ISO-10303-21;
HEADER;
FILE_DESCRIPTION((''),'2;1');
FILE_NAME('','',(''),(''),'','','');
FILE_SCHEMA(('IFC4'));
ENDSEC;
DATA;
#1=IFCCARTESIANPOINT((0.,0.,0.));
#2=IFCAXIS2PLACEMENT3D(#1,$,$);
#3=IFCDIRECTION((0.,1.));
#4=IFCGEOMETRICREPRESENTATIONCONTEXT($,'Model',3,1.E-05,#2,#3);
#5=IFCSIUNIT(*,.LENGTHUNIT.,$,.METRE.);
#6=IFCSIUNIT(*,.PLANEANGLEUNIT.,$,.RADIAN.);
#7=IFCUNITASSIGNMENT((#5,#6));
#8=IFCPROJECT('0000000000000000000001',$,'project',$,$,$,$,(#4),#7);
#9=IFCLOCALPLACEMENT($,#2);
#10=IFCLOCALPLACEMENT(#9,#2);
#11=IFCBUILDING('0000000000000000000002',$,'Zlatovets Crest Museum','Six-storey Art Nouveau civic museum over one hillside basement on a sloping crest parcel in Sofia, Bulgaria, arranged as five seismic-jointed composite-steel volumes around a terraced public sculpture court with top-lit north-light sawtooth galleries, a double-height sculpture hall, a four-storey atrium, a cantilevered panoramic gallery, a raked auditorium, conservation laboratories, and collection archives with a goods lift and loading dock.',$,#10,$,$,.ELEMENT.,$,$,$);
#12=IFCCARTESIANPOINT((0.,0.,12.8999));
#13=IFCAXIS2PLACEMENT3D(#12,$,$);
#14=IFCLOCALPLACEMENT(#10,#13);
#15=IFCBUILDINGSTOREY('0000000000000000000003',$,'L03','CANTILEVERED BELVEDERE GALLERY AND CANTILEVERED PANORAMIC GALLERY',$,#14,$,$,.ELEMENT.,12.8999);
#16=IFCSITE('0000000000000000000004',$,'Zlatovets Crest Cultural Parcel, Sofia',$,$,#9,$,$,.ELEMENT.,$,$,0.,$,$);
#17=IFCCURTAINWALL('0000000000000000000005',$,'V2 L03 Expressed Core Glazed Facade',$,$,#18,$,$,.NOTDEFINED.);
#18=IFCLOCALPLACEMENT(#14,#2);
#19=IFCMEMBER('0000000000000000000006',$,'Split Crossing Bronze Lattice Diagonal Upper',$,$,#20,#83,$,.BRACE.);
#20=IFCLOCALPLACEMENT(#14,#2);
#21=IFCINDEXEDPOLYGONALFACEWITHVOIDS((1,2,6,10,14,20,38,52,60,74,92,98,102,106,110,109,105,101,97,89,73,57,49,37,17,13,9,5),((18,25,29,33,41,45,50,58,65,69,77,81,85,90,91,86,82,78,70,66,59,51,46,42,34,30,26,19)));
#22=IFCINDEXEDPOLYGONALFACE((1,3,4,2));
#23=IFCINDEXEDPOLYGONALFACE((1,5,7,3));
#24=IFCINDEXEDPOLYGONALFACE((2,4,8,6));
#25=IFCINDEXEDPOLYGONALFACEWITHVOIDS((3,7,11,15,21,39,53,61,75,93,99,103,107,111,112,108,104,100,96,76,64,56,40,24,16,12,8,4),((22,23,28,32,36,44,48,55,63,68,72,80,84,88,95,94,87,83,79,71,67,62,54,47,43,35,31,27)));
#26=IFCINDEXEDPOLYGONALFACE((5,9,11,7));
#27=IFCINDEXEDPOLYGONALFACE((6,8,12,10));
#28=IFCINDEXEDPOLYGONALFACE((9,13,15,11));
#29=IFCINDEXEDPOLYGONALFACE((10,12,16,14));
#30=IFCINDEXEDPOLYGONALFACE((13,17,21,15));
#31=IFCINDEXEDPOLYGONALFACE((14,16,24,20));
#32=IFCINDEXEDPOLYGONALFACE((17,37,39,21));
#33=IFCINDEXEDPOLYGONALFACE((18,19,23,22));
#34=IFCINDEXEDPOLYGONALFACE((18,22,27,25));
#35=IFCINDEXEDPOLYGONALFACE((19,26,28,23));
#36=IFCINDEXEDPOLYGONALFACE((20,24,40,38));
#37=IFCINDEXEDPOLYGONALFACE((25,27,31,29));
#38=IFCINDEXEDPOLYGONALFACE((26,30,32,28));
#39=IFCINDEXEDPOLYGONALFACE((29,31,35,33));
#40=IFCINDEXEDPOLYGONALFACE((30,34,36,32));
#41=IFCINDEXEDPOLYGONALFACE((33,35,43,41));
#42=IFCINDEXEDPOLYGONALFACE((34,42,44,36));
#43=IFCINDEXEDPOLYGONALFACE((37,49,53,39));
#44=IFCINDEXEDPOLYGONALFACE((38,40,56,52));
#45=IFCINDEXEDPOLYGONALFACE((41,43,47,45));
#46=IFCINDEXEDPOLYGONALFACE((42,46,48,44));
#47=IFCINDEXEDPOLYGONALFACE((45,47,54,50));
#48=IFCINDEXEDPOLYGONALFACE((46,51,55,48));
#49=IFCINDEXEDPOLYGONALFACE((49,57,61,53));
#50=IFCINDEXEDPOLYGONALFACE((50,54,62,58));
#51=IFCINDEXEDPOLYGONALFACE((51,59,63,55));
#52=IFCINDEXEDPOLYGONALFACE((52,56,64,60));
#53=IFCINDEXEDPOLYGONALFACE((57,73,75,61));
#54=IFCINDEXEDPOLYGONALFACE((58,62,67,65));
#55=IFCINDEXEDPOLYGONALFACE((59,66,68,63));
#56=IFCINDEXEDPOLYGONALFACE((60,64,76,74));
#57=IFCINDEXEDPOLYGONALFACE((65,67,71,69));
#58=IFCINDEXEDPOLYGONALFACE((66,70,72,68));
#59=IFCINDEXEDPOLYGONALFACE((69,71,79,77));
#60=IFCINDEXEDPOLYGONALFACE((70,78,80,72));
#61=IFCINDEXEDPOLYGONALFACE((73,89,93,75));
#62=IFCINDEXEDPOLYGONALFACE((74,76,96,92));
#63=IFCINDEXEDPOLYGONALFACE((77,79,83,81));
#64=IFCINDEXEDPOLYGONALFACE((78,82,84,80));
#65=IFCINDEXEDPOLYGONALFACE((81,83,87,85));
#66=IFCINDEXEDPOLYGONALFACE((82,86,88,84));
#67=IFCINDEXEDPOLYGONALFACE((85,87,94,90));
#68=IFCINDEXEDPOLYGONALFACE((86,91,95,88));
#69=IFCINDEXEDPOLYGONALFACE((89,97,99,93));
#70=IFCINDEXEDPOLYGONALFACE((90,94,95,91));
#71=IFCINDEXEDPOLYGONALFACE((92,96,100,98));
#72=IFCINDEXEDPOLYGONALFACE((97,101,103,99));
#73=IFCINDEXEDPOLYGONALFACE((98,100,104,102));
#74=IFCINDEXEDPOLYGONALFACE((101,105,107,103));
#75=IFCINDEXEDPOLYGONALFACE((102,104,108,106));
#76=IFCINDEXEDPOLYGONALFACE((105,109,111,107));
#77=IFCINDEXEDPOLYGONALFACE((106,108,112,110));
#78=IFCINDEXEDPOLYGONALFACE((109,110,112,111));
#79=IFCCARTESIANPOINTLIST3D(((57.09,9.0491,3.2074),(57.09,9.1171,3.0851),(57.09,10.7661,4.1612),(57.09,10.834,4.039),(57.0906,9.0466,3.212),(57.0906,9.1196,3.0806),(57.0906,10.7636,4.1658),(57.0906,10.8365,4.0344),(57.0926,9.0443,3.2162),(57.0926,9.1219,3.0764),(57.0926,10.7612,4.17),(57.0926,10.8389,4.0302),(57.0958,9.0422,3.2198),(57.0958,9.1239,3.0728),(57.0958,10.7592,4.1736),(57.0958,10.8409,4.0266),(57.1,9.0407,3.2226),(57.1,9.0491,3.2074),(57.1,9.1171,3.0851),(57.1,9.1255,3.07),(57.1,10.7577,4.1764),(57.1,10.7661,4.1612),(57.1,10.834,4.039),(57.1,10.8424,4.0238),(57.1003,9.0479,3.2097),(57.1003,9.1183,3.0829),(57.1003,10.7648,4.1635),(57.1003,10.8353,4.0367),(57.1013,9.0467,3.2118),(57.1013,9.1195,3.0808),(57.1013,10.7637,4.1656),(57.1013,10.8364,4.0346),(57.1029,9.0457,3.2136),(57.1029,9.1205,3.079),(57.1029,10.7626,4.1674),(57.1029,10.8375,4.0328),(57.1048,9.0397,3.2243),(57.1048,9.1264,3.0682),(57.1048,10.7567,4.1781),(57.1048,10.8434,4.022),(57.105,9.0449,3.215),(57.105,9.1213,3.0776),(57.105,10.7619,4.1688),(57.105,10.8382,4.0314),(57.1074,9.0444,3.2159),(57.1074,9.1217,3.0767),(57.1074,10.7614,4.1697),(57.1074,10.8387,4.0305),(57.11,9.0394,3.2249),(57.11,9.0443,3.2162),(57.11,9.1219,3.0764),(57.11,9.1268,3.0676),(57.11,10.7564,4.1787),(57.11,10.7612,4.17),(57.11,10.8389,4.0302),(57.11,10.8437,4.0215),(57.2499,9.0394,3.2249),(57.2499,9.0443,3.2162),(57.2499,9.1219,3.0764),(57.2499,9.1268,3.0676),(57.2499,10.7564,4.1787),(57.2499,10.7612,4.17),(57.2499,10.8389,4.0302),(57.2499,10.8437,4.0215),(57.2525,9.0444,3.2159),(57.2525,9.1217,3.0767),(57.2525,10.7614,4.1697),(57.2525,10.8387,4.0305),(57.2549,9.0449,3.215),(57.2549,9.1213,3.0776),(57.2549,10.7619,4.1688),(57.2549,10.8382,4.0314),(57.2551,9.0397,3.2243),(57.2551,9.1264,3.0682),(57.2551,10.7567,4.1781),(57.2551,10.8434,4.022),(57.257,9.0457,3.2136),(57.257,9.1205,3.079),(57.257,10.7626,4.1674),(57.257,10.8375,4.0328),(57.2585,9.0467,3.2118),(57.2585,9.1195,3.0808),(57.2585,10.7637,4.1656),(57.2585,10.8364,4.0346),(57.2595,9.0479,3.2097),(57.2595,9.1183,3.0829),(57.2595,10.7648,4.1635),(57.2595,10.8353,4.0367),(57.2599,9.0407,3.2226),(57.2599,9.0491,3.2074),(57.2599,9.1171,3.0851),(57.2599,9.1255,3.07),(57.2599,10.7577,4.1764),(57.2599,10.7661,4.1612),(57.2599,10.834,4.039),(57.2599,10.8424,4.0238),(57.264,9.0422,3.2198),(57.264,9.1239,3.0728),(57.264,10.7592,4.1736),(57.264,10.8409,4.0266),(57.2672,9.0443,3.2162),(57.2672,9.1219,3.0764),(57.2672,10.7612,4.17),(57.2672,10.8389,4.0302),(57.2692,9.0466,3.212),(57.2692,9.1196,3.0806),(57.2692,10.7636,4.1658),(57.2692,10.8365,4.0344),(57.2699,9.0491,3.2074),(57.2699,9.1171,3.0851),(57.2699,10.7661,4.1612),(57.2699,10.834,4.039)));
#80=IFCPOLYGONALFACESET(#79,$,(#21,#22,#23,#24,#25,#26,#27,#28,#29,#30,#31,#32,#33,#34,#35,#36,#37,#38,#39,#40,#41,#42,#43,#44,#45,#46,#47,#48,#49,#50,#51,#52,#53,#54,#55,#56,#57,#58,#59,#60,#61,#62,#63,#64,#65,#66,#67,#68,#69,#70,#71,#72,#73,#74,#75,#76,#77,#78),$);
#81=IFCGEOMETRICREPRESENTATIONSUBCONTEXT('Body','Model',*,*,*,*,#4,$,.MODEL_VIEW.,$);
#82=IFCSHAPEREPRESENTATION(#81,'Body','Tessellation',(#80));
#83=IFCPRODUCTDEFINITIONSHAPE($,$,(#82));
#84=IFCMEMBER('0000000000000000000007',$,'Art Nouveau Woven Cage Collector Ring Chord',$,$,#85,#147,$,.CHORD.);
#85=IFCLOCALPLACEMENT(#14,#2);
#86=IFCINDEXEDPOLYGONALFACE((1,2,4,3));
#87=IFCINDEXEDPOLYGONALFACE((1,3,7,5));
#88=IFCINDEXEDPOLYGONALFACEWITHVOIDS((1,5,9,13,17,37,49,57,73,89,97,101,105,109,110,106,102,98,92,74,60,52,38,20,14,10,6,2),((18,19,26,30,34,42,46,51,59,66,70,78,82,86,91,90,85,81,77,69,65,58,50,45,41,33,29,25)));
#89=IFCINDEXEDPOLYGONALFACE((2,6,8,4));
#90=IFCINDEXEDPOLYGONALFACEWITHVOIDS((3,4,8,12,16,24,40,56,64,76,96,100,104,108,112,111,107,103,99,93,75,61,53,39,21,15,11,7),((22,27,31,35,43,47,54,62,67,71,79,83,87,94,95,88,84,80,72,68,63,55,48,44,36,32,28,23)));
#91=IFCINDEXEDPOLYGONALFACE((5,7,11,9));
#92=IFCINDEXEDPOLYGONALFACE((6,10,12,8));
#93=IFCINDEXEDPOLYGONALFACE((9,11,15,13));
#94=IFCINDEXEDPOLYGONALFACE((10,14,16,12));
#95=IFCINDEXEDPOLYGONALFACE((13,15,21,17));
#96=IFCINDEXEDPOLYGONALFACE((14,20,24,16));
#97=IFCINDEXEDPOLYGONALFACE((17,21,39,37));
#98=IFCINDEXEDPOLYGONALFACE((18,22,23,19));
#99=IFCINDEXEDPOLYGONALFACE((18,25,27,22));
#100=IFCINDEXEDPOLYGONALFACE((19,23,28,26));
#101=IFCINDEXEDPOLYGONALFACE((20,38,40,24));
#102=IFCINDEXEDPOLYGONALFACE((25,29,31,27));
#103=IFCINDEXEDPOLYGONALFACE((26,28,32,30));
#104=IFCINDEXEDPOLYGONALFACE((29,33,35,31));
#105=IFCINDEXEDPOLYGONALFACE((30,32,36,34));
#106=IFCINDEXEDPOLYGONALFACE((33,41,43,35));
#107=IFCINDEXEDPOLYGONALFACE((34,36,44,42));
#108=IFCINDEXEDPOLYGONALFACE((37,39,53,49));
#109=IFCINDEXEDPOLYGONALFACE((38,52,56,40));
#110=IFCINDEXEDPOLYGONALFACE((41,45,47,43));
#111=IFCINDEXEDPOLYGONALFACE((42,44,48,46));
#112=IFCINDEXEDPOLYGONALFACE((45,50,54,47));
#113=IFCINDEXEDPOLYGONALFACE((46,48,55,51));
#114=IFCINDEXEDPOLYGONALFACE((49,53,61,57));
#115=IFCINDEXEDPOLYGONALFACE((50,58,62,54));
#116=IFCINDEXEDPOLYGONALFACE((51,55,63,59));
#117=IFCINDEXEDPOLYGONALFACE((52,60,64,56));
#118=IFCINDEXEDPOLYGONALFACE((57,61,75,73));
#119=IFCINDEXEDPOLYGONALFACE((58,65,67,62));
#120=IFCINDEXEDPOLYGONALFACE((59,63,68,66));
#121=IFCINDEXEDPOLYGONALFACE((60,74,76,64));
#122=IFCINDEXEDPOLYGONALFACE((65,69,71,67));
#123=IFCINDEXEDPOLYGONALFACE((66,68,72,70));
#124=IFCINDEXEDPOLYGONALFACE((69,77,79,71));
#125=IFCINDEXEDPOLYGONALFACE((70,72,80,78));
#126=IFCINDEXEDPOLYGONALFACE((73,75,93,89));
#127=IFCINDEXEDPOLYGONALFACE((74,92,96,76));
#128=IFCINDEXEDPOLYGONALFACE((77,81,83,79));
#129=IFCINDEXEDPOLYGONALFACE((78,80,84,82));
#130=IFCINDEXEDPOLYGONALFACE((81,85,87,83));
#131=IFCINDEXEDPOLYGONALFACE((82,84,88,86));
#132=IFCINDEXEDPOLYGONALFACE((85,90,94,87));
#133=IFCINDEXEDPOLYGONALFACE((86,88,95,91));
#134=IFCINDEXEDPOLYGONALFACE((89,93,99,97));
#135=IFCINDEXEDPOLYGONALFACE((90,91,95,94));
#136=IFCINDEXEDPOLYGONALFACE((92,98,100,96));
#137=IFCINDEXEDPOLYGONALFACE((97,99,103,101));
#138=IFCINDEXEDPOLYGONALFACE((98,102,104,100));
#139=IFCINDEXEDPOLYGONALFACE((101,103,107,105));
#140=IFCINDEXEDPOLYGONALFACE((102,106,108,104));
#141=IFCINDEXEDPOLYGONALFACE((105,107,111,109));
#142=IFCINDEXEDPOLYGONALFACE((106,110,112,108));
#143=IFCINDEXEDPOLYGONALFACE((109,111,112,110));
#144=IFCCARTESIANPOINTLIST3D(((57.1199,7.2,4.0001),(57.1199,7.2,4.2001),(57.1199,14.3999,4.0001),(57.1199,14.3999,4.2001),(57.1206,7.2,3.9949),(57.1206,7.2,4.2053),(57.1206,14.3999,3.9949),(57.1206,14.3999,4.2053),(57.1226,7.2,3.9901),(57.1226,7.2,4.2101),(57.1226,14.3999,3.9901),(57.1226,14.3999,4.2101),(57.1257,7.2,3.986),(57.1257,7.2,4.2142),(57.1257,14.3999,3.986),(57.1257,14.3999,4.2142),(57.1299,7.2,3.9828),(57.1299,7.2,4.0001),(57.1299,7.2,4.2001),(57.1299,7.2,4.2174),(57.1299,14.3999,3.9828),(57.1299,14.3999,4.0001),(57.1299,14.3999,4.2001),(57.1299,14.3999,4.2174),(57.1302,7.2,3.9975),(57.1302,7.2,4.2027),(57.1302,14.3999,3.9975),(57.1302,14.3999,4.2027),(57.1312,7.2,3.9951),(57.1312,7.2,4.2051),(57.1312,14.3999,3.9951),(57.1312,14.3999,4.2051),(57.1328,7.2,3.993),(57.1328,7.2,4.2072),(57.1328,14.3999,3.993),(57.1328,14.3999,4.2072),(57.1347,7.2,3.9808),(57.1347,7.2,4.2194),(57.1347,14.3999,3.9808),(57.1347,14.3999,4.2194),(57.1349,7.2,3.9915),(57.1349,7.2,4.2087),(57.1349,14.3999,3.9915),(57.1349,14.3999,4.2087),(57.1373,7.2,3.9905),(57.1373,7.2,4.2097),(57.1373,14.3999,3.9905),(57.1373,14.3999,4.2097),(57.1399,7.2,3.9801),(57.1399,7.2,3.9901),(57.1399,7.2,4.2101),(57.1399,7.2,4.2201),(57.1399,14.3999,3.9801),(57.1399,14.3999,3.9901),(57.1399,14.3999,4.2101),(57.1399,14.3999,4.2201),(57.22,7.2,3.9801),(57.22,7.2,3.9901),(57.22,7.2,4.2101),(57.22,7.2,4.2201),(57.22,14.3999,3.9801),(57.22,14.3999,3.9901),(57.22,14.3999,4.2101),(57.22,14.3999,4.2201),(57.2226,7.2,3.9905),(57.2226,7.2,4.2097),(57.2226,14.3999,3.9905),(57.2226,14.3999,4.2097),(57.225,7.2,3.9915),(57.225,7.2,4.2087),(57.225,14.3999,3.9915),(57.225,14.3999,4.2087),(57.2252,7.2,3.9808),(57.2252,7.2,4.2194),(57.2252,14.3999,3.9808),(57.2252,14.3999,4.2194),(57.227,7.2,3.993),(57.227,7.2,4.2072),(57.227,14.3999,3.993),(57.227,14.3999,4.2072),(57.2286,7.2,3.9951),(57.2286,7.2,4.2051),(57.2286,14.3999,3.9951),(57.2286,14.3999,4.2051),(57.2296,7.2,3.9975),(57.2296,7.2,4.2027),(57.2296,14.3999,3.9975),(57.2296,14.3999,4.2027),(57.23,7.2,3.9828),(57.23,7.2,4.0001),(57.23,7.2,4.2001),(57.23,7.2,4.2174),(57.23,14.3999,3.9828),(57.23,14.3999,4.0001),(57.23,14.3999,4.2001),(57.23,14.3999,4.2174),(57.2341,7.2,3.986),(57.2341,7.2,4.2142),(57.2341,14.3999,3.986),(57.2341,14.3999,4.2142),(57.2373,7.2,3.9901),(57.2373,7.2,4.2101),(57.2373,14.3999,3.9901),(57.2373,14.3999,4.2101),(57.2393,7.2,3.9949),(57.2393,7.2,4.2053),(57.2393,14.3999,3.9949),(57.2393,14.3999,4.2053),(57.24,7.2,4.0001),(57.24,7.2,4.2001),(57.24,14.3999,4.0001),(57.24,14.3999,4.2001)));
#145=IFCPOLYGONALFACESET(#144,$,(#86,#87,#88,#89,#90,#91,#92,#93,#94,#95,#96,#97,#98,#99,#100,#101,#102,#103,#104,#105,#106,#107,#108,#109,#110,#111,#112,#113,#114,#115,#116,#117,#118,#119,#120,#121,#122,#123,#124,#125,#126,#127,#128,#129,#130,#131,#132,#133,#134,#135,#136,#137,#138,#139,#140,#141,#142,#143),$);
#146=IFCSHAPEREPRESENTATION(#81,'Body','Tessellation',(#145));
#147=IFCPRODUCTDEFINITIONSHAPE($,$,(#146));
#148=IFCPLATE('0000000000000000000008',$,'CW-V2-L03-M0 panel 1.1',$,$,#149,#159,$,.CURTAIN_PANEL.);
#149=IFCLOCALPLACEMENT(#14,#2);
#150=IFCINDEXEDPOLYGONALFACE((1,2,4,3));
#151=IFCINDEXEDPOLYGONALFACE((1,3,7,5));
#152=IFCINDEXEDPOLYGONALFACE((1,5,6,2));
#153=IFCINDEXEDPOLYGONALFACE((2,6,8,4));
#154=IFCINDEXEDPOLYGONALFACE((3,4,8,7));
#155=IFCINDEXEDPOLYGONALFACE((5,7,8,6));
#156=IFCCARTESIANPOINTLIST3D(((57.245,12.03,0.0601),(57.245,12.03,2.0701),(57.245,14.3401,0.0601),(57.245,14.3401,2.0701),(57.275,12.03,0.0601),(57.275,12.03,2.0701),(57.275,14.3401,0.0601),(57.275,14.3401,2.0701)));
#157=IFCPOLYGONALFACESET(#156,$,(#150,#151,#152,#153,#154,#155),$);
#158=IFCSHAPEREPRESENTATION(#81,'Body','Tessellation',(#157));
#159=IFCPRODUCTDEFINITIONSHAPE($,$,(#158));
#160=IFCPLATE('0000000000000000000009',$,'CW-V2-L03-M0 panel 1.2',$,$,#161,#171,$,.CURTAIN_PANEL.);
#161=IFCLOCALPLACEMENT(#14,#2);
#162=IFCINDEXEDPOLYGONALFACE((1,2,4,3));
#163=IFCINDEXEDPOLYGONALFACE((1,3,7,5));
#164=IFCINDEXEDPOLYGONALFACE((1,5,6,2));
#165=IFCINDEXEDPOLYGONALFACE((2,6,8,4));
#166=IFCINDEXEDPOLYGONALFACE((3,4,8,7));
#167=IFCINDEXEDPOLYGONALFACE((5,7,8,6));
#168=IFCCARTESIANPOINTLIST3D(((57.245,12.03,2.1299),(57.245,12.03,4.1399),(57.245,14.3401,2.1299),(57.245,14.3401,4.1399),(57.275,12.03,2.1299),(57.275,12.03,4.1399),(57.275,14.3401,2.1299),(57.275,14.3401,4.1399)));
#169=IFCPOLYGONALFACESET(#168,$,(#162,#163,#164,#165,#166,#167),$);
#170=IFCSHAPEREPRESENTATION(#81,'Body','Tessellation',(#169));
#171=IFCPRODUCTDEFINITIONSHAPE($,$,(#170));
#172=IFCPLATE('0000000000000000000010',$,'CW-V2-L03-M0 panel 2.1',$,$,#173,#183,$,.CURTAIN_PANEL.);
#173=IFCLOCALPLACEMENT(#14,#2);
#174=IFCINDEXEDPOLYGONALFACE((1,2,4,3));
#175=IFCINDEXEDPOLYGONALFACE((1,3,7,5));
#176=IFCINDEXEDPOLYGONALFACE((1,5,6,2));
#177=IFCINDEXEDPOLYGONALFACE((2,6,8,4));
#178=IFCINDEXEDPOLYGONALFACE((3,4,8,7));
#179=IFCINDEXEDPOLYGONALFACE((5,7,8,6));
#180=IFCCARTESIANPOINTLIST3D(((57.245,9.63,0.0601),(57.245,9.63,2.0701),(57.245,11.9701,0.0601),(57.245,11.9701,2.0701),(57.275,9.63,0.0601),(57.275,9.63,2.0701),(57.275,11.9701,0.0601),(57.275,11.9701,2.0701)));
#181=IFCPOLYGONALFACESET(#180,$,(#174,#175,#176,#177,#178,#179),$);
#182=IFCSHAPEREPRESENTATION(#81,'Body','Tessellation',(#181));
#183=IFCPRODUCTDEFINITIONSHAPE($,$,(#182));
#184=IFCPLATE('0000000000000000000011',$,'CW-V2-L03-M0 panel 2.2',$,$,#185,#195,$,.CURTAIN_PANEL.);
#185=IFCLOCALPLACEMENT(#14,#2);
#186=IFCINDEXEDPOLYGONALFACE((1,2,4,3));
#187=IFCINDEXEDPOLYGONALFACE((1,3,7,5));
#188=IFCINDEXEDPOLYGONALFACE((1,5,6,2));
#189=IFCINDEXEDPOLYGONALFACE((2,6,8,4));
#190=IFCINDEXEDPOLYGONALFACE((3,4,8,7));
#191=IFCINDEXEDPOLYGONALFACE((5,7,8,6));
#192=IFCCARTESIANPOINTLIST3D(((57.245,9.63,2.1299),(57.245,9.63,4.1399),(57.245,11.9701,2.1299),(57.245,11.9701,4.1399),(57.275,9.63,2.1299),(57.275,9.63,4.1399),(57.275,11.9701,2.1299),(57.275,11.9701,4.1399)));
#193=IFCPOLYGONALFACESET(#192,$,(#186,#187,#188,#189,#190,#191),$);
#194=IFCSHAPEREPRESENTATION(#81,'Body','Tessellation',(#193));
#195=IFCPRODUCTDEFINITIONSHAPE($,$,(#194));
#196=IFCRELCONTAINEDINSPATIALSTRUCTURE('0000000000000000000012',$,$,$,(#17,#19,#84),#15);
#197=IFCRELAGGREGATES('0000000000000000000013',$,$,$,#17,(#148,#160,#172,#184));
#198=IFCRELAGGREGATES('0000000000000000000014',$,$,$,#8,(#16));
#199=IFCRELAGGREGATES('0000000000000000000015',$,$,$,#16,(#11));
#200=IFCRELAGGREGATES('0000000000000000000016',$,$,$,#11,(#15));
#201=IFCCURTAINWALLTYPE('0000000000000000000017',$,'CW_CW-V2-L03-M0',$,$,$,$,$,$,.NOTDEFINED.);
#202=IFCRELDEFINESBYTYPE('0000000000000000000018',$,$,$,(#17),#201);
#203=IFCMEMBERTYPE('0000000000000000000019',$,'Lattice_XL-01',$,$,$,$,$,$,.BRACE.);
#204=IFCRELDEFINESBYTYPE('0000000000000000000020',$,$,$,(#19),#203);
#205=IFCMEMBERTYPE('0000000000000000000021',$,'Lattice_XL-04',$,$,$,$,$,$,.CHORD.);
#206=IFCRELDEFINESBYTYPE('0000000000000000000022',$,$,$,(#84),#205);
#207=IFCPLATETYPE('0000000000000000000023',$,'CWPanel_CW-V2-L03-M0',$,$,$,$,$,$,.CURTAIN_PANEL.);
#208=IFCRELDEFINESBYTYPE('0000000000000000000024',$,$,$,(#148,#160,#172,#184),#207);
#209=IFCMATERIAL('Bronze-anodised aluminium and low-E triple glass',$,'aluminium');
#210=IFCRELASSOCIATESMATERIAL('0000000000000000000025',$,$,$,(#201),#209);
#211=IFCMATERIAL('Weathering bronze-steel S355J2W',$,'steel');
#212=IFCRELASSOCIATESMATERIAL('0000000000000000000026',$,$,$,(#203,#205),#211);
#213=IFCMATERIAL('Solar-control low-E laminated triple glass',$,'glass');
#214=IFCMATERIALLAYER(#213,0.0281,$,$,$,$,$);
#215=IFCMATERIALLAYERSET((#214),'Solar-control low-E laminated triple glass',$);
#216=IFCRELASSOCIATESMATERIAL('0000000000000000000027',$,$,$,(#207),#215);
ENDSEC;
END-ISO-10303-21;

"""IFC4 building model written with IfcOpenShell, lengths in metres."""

from ifc_helpers import new_model, si_unit, direction, frame, origin, origin_2d, place, context, subcontext, project, spatial, rectangle, hollow_rectangle, extrude, material, layer, layer_set, material_profile, profile_set, type_object, element, aggregate, save


model = new_model("IFC4")

# Units and contexts
model_context = context("Model", 3, precision=1e-05, world=origin(), true_north=direction((0.0, 1.0)))
body_context = subcontext(model_context, "Body", "Model", "MODEL_VIEW")
ifc_project = project(units=[si_unit("LENGTHUNIT", "METRE"), si_unit("PLANEANGLEUNIT", "RADIAN")], contexts=[model_context])

# Site, building, storey
site_placement = place(None, origin())
site = spatial("IfcSite", under=ifc_project, at=site_placement, Name="Zlatovets Crest Cultural Parcel, Sofia", CompositionType="ELEMENT", RefElevation=0.0)
building_placement = place(site_placement, origin())
building = spatial("IfcBuilding", under=site, at=building_placement, Name="Zlatovets Crest Museum", Description="Six-storey Art Nouveau civic museum over one hillside basement on a sloping crest parcel in Sofia, Bulgaria, arranged as five seismic-jointed composite-steel volumes around a terraced public sculpture court with top-lit north-light sawtooth galleries, a double-height sculpture hall, a four-storey atrium, a cantilevered panoramic gallery, a raked auditorium, conservation laboratories, and collection archives with a goods lift and loading dock.", CompositionType="ELEMENT")
storey_placement = place(building_placement, frame((0.0, 0.0, 12.8999)))
storey = spatial("IfcBuildingStorey", under=building, at=storey_placement, Name="L03", Description="CANTILEVERED BELVEDERE GALLERY AND CANTILEVERED PANORAMIC GALLERY", CompositionType="ELEMENT", Elevation=12.8999)

# Curtain wall
ifc_material_1 = material(Name="Bronze-anodised aluminium and low-E triple glass", Category="aluminium")
curtain_wall_type = type_object("IfcCurtainWallType", Name="CW_CW-V2-L03-M0", PredefinedType="NOTDEFINED", material=ifc_material_1)
curtain_wall_placement = place(storey_placement, origin())
curtain_wall = element("IfcCurtainWall", 1, at=curtain_wall_placement, inside=storey, type_object=curtain_wall_type, Name="V2 L03 Expressed Core Glazed Facade", PredefinedType="NOTDEFINED")

# Members
ifc_material_2 = material(Name="Weathering bronze-steel S355J2W", Category="steel")
ifc_material_profile_1 = material_profile(ifc_material_2, hollow_rectangle(XDim=0.1799, YDim=0.1799, WallThickness=0.01, InnerFilletRadius=0.01, OuterFilletRadius=0.02, at=origin_2d()), Name="SHS 180x180x10.0")
ifc_profile_set_1 = profile_set([ifc_material_profile_1], Name="Weathering bronze-steel S355J2W")
member_type_1 = type_object("IfcMemberType", Name="Lattice_XL-01", PredefinedType="BRACE", material=ifc_profile_set_1)
member_1_placement = place(storey_placement, frame((57.1799, 10.8, 4.1001), z_axis=(0.0, -0.874169, -0.485622), x_axis=(1.0, 0.0, 0.0)))
element("IfcMember", 2, at=member_1_placement, inside=storey, type_object=member_type_1, Name="Split Crossing Bronze Lattice Diagonal Upper", PredefinedType="BRACE", context=body_context, shape_type="SweptSolid", body=[
    extrude(hollow_rectangle(XDim=0.1799, YDim=0.1799, WallThickness=0.01, InnerFilletRadius=0.01, OuterFilletRadius=0.02, at=origin_2d()), origin(), (0.0, 0.0, 1.0), 1.9641),
])
ifc_material_profile_2 = material_profile(ifc_material_2, hollow_rectangle(XDim=0.1201, YDim=0.24, WallThickness=0.01, InnerFilletRadius=0.01, OuterFilletRadius=0.02, at=origin_2d()), Name="RHS 120x240x10.0")
ifc_profile_set_2 = profile_set([ifc_material_profile_2], Name="Weathering bronze-steel S355J2W")
member_type_2 = type_object("IfcMemberType", Name="Lattice_XL-04", PredefinedType="CHORD", material=ifc_profile_set_2)
member_2_placement = place(storey_placement, frame((57.1799, 14.3999, 4.1001), z_axis=(0.0, -1.0, 0.0), x_axis=(1.0, 0.0, 0.0)))
element("IfcMember", 3, at=member_2_placement, inside=storey, type_object=member_type_2, Name="Art Nouveau Woven Cage Collector Ring Chord", PredefinedType="CHORD", context=body_context, shape_type="SweptSolid", body=[
    extrude(hollow_rectangle(XDim=0.1201, YDim=0.24, WallThickness=0.01, InnerFilletRadius=0.01, OuterFilletRadius=0.02, at=origin_2d()), origin(), (0.0, 0.0, 1.0), 7.2),
])

# Plates
ifc_material_3 = material(Name="Solar-control low-E laminated triple glass", Category="glass")
ifc_layer_1 = layer(ifc_material_3, 0.0281)
ifc_layer_set_1 = layer_set([ifc_layer_1], Name="Solar-control low-E laminated triple glass")
plate_type_1 = type_object("IfcPlateType", Name="CWPanel_CW-V2-L03-M0", PredefinedType="CURTAIN_PANEL", material=ifc_layer_set_1)
plate_1_placement = place(storey_placement, frame((57.26, 13.1851, 0.0601), z_axis=(0.0, 0.0, 1.0), x_axis=(0.0, -1.0, 0.0)))
plate_1 = element("IfcPlate", 4, at=plate_1_placement, type_object=plate_type_1, Name="CW-V2-L03-M0 panel 1.1", PredefinedType="CURTAIN_PANEL", context=body_context, shape_type="SweptSolid", body=[
    extrude(rectangle(XDim=2.3101, YDim=0.03, at=origin_2d()), origin(), (0.0, 0.0, 1.0), 2.01),
])
plate_2_placement = place(storey_placement, frame((57.26, 13.1851, 2.1299), z_axis=(0.0, 0.0, 1.0), x_axis=(0.0, -1.0, 0.0)))
plate_2 = element("IfcPlate", 5, at=plate_2_placement, type_object=plate_type_1, Name="CW-V2-L03-M0 panel 1.2", PredefinedType="CURTAIN_PANEL", context=body_context, shape_type="SweptSolid", body=[
    extrude(rectangle(XDim=2.3101, YDim=0.03, at=origin_2d()), origin(), (0.0, 0.0, 1.0), 2.01),
])
plate_3_placement = place(storey_placement, frame((57.26, 10.8, 0.0601), z_axis=(0.0, 0.0, 1.0), x_axis=(0.0, -1.0, 0.0)))
plate_3 = element("IfcPlate", 6, at=plate_3_placement, type_object=plate_type_1, Name="CW-V2-L03-M0 panel 2.1", PredefinedType="CURTAIN_PANEL", context=body_context, shape_type="SweptSolid", body=[
    extrude(rectangle(XDim=2.3401, YDim=0.03, at=origin_2d()), origin(), (0.0, 0.0, 1.0), 2.01),
])
plate_4_placement = place(storey_placement, frame((57.26, 10.8, 2.1299), z_axis=(0.0, 0.0, 1.0), x_axis=(0.0, -1.0, 0.0)))
plate_4 = element("IfcPlate", 7, at=plate_4_placement, type_object=plate_type_1, Name="CW-V2-L03-M0 panel 2.2", PredefinedType="CURTAIN_PANEL", context=body_context, shape_type="SweptSolid", body=[
    extrude(rectangle(XDim=2.3401, YDim=0.03, at=origin_2d()), origin(), (0.0, 0.0, 1.0), 2.01),
])
aggregate(curtain_wall, [plate_1, plate_2, plate_3, plate_4])

save(model, "model.ifc")
